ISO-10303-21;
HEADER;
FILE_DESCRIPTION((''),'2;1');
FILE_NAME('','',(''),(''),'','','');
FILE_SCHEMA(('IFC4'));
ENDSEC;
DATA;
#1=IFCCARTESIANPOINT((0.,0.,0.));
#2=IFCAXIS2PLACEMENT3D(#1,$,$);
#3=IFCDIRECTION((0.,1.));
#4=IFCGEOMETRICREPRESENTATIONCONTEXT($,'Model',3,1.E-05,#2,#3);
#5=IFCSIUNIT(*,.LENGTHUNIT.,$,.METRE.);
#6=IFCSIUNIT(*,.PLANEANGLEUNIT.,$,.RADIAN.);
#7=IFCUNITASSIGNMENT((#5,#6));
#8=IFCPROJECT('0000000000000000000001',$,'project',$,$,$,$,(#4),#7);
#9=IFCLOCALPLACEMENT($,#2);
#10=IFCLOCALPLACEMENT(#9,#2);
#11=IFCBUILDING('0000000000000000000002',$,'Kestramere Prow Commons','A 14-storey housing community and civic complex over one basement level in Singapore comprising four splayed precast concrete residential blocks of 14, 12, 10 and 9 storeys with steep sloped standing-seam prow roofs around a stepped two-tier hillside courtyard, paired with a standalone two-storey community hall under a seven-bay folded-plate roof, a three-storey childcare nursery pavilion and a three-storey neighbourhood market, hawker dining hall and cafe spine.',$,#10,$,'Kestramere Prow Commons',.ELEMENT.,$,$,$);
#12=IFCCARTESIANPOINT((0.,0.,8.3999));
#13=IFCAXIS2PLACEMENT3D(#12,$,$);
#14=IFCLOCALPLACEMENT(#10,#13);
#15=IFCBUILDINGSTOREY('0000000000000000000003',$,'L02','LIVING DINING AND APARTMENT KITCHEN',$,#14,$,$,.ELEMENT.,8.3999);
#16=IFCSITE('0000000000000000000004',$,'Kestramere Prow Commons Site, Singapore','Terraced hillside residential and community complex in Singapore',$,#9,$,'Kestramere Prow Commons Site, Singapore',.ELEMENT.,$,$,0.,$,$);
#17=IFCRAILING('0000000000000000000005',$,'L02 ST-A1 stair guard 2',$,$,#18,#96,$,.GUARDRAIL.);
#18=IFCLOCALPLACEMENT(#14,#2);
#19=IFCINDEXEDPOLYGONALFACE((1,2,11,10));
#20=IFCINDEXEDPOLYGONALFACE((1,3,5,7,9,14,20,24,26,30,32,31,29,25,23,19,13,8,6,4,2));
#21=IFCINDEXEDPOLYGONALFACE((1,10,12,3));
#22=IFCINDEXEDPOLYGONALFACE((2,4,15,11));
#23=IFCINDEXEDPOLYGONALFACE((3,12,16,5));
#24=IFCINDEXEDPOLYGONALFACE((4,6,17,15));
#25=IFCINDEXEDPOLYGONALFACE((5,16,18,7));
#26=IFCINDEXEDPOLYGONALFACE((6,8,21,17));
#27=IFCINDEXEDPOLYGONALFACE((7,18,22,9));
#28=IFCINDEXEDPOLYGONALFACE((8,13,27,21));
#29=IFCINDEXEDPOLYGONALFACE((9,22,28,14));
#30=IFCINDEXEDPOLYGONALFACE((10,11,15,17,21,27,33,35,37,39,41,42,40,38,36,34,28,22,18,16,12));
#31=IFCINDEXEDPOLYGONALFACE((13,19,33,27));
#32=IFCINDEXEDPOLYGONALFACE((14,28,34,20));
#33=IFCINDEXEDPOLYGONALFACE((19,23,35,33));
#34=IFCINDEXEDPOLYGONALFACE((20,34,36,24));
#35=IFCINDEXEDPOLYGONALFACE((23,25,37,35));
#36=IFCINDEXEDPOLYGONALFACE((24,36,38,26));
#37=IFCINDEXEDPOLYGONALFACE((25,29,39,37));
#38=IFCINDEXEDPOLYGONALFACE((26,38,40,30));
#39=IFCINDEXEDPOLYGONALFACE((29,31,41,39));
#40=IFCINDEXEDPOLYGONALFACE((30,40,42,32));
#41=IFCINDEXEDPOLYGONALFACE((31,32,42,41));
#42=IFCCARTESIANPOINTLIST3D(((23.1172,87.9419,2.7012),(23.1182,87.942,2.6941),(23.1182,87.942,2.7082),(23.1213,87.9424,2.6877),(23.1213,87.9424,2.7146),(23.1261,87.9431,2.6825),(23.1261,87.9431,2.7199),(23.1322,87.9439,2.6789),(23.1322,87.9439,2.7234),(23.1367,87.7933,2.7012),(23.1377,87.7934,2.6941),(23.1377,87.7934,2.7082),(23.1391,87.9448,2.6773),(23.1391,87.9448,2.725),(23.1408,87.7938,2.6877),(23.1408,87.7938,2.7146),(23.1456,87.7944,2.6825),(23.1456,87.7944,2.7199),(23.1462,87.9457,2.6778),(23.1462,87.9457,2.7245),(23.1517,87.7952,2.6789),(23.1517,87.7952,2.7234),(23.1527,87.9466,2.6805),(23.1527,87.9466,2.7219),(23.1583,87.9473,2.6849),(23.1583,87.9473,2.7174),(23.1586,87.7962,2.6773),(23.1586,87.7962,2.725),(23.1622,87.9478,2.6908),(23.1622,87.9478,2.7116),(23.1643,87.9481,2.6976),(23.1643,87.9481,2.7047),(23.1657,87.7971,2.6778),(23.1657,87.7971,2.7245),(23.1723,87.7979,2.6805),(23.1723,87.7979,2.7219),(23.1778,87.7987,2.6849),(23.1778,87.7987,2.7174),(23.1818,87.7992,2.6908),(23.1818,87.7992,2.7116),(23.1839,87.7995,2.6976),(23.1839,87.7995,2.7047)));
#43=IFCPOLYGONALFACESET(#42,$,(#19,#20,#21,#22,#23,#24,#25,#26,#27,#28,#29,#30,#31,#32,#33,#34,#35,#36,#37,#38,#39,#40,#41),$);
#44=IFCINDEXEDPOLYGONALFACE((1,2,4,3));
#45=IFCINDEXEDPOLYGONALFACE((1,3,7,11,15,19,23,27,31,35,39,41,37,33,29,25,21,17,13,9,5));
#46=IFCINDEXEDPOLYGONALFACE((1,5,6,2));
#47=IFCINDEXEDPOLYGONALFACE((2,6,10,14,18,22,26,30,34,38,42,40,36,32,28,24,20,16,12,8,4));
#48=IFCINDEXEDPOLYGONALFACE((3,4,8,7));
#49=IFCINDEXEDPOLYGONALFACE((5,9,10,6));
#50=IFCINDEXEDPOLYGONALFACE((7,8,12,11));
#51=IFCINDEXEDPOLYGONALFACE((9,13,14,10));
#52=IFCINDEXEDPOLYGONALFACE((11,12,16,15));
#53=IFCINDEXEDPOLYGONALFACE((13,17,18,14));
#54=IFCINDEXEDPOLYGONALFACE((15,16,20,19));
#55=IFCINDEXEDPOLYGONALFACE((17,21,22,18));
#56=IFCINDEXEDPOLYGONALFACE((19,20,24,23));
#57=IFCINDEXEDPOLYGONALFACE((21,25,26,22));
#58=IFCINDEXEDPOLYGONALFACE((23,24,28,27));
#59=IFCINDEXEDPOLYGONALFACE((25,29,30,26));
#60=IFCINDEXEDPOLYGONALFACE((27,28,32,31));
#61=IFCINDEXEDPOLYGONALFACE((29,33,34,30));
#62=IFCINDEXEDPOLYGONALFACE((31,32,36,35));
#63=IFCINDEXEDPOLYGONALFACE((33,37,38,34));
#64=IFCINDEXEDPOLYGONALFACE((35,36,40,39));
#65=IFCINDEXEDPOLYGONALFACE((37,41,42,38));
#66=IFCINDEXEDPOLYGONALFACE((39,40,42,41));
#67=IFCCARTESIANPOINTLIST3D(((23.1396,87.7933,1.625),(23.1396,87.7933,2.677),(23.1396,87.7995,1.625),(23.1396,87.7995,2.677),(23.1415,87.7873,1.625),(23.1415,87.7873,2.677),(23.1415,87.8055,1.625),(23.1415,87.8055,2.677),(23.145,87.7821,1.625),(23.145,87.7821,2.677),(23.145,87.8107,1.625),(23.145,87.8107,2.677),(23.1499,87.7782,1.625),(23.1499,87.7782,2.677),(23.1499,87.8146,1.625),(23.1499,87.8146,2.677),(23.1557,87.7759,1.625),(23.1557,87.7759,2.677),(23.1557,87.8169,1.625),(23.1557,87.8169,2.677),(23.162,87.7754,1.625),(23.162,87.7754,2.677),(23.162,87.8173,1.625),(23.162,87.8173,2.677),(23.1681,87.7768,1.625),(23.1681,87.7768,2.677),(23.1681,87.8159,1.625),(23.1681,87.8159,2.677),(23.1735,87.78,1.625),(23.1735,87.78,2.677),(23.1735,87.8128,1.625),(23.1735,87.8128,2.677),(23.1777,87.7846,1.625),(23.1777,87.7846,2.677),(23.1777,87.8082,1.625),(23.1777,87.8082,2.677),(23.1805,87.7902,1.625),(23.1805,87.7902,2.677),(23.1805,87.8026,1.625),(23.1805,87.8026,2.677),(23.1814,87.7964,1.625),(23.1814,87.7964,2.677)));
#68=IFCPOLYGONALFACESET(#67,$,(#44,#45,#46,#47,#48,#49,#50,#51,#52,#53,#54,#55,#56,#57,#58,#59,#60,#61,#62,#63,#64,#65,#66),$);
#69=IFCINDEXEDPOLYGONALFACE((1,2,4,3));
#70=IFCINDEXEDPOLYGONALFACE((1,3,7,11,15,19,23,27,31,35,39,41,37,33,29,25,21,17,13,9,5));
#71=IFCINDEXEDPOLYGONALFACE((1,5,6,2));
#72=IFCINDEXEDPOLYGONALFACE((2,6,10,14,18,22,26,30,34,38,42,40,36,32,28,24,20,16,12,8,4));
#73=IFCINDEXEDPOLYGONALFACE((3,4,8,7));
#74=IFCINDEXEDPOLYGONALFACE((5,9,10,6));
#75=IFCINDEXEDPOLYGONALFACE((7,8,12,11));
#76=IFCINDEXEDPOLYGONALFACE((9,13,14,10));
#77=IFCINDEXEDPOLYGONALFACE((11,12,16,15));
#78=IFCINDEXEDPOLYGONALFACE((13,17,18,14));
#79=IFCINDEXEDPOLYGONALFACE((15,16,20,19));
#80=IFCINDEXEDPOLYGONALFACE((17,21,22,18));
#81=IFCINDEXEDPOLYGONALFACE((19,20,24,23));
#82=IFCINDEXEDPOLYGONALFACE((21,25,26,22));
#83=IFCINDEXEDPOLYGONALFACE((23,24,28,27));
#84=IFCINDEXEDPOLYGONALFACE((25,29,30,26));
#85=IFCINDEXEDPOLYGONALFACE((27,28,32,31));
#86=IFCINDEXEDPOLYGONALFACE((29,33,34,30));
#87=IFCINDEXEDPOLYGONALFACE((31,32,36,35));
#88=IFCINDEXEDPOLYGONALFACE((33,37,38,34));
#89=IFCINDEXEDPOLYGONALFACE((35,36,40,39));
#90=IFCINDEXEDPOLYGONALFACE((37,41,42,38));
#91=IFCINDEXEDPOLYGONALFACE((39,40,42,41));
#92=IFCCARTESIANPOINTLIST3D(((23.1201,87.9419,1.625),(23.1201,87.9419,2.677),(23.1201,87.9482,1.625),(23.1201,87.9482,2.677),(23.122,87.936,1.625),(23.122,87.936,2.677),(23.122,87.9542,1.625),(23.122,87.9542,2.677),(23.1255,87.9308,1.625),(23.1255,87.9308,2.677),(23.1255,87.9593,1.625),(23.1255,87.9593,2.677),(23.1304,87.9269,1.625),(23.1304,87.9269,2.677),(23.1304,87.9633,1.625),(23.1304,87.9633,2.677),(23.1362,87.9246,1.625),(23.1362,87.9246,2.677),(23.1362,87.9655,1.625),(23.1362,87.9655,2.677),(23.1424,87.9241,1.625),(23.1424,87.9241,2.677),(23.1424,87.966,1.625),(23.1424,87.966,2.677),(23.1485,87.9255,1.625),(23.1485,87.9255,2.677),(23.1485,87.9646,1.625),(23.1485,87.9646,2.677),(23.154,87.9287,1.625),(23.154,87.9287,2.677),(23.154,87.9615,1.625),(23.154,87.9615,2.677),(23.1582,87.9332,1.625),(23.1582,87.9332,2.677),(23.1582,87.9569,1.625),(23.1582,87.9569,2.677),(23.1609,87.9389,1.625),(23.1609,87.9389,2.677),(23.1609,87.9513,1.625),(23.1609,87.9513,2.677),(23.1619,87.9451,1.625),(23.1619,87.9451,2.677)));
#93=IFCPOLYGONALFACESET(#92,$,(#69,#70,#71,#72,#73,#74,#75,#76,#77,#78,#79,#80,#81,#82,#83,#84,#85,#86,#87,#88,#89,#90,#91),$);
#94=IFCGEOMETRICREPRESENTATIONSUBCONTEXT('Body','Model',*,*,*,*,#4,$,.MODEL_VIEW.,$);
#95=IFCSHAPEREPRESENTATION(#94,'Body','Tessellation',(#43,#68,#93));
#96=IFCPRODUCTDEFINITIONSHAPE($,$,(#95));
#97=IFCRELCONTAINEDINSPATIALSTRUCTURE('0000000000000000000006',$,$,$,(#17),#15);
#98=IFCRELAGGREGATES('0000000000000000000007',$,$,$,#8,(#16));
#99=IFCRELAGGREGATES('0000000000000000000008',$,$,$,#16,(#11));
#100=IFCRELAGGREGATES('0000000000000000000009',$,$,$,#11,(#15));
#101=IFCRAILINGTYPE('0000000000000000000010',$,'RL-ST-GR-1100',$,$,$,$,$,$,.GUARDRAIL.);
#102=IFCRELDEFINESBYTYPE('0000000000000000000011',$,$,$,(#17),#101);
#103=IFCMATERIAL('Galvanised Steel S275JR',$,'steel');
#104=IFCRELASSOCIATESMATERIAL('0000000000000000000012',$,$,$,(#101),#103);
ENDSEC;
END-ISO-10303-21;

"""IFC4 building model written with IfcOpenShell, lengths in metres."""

from ifc_helpers import new_model, si_unit, direction, frame, origin, origin_2d, place, context, subcontext, project, spatial, circle, extrude, material, type_object, element, save


model = new_model("IFC4")

# Units and contexts
model_context = context("Model", 3, precision=1e-05, world=origin(), true_north=direction((0.0, 1.0)))
body_context = subcontext(model_context, "Body", "Model", "MODEL_VIEW")
ifc_project = project(units=[si_unit("LENGTHUNIT", "METRE"), si_unit("PLANEANGLEUNIT", "RADIAN")], contexts=[model_context])

# Site, building, storey
site_placement = place(None, origin())
site = spatial("IfcSite", under=ifc_project, at=site_placement, Name="Kestramere Prow Commons Site, Singapore", Description="Terraced hillside residential and community complex in Singapore", LongName="Kestramere Prow Commons Site, Singapore", CompositionType="ELEMENT", RefElevation=0.0)
building_placement = place(site_placement, origin())
building = spatial("IfcBuilding", under=site, at=building_placement, Name="Kestramere Prow Commons", Description="A 14-storey housing community and civic complex over one basement level in Singapore comprising four splayed precast concrete residential blocks of 14, 12, 10 and 9 storeys with steep sloped standing-seam prow roofs around a stepped two-tier hillside courtyard, paired with a standalone two-storey community hall under a seven-bay folded-plate roof, a three-storey childcare nursery pavilion and a three-storey neighbourhood market, hawker dining hall and cafe spine.", LongName="Kestramere Prow Commons", CompositionType="ELEMENT")
storey_placement = place(building_placement, frame((0.0, 0.0, 8.3999)))
storey = spatial("IfcBuildingStorey", under=building, at=storey_placement, Name="L02", Description="LIVING DINING AND APARTMENT KITCHEN", CompositionType="ELEMENT", Elevation=8.3999)

# Railing
ifc_material_1 = material(Name="Galvanised Steel S275JR", Category="steel")
railing_type_1 = type_object("IfcRailingType", Name="RL-ST-GR-1100", PredefinedType="GUARDRAIL", material=ifc_material_1)
railing_1_placement = place(storey_placement, frame((23.1604, 87.7964, 1.625)))
element("IfcRailing", 1, at=railing_1_placement, inside=storey, type_object=railing_type_1, Name="L02 ST-A1 stair guard 2", PredefinedType="GUARDRAIL", context=body_context, shape_type="SweptSolid", body=[
    extrude(circle(Radius=0.0239, at=origin_2d()), frame((0.0, 0.0, 1.0762), z_axis=(-0.130244, 0.991482, 0.0), x_axis=(-0.991482, -0.130244, 0.0)), (0.0, 0.0, 1.0), 0.1499),
    extrude(circle(Radius=0.021, at=origin_2d()), origin(), (0.0, 0.0, 1.0), 1.052),
    extrude(circle(Radius=0.021, at=origin_2d()), frame((-0.0195, 0.1487, 0.0)), (0.0, 0.0, 1.0), 1.052),
])

save(model, "model.ifc")
